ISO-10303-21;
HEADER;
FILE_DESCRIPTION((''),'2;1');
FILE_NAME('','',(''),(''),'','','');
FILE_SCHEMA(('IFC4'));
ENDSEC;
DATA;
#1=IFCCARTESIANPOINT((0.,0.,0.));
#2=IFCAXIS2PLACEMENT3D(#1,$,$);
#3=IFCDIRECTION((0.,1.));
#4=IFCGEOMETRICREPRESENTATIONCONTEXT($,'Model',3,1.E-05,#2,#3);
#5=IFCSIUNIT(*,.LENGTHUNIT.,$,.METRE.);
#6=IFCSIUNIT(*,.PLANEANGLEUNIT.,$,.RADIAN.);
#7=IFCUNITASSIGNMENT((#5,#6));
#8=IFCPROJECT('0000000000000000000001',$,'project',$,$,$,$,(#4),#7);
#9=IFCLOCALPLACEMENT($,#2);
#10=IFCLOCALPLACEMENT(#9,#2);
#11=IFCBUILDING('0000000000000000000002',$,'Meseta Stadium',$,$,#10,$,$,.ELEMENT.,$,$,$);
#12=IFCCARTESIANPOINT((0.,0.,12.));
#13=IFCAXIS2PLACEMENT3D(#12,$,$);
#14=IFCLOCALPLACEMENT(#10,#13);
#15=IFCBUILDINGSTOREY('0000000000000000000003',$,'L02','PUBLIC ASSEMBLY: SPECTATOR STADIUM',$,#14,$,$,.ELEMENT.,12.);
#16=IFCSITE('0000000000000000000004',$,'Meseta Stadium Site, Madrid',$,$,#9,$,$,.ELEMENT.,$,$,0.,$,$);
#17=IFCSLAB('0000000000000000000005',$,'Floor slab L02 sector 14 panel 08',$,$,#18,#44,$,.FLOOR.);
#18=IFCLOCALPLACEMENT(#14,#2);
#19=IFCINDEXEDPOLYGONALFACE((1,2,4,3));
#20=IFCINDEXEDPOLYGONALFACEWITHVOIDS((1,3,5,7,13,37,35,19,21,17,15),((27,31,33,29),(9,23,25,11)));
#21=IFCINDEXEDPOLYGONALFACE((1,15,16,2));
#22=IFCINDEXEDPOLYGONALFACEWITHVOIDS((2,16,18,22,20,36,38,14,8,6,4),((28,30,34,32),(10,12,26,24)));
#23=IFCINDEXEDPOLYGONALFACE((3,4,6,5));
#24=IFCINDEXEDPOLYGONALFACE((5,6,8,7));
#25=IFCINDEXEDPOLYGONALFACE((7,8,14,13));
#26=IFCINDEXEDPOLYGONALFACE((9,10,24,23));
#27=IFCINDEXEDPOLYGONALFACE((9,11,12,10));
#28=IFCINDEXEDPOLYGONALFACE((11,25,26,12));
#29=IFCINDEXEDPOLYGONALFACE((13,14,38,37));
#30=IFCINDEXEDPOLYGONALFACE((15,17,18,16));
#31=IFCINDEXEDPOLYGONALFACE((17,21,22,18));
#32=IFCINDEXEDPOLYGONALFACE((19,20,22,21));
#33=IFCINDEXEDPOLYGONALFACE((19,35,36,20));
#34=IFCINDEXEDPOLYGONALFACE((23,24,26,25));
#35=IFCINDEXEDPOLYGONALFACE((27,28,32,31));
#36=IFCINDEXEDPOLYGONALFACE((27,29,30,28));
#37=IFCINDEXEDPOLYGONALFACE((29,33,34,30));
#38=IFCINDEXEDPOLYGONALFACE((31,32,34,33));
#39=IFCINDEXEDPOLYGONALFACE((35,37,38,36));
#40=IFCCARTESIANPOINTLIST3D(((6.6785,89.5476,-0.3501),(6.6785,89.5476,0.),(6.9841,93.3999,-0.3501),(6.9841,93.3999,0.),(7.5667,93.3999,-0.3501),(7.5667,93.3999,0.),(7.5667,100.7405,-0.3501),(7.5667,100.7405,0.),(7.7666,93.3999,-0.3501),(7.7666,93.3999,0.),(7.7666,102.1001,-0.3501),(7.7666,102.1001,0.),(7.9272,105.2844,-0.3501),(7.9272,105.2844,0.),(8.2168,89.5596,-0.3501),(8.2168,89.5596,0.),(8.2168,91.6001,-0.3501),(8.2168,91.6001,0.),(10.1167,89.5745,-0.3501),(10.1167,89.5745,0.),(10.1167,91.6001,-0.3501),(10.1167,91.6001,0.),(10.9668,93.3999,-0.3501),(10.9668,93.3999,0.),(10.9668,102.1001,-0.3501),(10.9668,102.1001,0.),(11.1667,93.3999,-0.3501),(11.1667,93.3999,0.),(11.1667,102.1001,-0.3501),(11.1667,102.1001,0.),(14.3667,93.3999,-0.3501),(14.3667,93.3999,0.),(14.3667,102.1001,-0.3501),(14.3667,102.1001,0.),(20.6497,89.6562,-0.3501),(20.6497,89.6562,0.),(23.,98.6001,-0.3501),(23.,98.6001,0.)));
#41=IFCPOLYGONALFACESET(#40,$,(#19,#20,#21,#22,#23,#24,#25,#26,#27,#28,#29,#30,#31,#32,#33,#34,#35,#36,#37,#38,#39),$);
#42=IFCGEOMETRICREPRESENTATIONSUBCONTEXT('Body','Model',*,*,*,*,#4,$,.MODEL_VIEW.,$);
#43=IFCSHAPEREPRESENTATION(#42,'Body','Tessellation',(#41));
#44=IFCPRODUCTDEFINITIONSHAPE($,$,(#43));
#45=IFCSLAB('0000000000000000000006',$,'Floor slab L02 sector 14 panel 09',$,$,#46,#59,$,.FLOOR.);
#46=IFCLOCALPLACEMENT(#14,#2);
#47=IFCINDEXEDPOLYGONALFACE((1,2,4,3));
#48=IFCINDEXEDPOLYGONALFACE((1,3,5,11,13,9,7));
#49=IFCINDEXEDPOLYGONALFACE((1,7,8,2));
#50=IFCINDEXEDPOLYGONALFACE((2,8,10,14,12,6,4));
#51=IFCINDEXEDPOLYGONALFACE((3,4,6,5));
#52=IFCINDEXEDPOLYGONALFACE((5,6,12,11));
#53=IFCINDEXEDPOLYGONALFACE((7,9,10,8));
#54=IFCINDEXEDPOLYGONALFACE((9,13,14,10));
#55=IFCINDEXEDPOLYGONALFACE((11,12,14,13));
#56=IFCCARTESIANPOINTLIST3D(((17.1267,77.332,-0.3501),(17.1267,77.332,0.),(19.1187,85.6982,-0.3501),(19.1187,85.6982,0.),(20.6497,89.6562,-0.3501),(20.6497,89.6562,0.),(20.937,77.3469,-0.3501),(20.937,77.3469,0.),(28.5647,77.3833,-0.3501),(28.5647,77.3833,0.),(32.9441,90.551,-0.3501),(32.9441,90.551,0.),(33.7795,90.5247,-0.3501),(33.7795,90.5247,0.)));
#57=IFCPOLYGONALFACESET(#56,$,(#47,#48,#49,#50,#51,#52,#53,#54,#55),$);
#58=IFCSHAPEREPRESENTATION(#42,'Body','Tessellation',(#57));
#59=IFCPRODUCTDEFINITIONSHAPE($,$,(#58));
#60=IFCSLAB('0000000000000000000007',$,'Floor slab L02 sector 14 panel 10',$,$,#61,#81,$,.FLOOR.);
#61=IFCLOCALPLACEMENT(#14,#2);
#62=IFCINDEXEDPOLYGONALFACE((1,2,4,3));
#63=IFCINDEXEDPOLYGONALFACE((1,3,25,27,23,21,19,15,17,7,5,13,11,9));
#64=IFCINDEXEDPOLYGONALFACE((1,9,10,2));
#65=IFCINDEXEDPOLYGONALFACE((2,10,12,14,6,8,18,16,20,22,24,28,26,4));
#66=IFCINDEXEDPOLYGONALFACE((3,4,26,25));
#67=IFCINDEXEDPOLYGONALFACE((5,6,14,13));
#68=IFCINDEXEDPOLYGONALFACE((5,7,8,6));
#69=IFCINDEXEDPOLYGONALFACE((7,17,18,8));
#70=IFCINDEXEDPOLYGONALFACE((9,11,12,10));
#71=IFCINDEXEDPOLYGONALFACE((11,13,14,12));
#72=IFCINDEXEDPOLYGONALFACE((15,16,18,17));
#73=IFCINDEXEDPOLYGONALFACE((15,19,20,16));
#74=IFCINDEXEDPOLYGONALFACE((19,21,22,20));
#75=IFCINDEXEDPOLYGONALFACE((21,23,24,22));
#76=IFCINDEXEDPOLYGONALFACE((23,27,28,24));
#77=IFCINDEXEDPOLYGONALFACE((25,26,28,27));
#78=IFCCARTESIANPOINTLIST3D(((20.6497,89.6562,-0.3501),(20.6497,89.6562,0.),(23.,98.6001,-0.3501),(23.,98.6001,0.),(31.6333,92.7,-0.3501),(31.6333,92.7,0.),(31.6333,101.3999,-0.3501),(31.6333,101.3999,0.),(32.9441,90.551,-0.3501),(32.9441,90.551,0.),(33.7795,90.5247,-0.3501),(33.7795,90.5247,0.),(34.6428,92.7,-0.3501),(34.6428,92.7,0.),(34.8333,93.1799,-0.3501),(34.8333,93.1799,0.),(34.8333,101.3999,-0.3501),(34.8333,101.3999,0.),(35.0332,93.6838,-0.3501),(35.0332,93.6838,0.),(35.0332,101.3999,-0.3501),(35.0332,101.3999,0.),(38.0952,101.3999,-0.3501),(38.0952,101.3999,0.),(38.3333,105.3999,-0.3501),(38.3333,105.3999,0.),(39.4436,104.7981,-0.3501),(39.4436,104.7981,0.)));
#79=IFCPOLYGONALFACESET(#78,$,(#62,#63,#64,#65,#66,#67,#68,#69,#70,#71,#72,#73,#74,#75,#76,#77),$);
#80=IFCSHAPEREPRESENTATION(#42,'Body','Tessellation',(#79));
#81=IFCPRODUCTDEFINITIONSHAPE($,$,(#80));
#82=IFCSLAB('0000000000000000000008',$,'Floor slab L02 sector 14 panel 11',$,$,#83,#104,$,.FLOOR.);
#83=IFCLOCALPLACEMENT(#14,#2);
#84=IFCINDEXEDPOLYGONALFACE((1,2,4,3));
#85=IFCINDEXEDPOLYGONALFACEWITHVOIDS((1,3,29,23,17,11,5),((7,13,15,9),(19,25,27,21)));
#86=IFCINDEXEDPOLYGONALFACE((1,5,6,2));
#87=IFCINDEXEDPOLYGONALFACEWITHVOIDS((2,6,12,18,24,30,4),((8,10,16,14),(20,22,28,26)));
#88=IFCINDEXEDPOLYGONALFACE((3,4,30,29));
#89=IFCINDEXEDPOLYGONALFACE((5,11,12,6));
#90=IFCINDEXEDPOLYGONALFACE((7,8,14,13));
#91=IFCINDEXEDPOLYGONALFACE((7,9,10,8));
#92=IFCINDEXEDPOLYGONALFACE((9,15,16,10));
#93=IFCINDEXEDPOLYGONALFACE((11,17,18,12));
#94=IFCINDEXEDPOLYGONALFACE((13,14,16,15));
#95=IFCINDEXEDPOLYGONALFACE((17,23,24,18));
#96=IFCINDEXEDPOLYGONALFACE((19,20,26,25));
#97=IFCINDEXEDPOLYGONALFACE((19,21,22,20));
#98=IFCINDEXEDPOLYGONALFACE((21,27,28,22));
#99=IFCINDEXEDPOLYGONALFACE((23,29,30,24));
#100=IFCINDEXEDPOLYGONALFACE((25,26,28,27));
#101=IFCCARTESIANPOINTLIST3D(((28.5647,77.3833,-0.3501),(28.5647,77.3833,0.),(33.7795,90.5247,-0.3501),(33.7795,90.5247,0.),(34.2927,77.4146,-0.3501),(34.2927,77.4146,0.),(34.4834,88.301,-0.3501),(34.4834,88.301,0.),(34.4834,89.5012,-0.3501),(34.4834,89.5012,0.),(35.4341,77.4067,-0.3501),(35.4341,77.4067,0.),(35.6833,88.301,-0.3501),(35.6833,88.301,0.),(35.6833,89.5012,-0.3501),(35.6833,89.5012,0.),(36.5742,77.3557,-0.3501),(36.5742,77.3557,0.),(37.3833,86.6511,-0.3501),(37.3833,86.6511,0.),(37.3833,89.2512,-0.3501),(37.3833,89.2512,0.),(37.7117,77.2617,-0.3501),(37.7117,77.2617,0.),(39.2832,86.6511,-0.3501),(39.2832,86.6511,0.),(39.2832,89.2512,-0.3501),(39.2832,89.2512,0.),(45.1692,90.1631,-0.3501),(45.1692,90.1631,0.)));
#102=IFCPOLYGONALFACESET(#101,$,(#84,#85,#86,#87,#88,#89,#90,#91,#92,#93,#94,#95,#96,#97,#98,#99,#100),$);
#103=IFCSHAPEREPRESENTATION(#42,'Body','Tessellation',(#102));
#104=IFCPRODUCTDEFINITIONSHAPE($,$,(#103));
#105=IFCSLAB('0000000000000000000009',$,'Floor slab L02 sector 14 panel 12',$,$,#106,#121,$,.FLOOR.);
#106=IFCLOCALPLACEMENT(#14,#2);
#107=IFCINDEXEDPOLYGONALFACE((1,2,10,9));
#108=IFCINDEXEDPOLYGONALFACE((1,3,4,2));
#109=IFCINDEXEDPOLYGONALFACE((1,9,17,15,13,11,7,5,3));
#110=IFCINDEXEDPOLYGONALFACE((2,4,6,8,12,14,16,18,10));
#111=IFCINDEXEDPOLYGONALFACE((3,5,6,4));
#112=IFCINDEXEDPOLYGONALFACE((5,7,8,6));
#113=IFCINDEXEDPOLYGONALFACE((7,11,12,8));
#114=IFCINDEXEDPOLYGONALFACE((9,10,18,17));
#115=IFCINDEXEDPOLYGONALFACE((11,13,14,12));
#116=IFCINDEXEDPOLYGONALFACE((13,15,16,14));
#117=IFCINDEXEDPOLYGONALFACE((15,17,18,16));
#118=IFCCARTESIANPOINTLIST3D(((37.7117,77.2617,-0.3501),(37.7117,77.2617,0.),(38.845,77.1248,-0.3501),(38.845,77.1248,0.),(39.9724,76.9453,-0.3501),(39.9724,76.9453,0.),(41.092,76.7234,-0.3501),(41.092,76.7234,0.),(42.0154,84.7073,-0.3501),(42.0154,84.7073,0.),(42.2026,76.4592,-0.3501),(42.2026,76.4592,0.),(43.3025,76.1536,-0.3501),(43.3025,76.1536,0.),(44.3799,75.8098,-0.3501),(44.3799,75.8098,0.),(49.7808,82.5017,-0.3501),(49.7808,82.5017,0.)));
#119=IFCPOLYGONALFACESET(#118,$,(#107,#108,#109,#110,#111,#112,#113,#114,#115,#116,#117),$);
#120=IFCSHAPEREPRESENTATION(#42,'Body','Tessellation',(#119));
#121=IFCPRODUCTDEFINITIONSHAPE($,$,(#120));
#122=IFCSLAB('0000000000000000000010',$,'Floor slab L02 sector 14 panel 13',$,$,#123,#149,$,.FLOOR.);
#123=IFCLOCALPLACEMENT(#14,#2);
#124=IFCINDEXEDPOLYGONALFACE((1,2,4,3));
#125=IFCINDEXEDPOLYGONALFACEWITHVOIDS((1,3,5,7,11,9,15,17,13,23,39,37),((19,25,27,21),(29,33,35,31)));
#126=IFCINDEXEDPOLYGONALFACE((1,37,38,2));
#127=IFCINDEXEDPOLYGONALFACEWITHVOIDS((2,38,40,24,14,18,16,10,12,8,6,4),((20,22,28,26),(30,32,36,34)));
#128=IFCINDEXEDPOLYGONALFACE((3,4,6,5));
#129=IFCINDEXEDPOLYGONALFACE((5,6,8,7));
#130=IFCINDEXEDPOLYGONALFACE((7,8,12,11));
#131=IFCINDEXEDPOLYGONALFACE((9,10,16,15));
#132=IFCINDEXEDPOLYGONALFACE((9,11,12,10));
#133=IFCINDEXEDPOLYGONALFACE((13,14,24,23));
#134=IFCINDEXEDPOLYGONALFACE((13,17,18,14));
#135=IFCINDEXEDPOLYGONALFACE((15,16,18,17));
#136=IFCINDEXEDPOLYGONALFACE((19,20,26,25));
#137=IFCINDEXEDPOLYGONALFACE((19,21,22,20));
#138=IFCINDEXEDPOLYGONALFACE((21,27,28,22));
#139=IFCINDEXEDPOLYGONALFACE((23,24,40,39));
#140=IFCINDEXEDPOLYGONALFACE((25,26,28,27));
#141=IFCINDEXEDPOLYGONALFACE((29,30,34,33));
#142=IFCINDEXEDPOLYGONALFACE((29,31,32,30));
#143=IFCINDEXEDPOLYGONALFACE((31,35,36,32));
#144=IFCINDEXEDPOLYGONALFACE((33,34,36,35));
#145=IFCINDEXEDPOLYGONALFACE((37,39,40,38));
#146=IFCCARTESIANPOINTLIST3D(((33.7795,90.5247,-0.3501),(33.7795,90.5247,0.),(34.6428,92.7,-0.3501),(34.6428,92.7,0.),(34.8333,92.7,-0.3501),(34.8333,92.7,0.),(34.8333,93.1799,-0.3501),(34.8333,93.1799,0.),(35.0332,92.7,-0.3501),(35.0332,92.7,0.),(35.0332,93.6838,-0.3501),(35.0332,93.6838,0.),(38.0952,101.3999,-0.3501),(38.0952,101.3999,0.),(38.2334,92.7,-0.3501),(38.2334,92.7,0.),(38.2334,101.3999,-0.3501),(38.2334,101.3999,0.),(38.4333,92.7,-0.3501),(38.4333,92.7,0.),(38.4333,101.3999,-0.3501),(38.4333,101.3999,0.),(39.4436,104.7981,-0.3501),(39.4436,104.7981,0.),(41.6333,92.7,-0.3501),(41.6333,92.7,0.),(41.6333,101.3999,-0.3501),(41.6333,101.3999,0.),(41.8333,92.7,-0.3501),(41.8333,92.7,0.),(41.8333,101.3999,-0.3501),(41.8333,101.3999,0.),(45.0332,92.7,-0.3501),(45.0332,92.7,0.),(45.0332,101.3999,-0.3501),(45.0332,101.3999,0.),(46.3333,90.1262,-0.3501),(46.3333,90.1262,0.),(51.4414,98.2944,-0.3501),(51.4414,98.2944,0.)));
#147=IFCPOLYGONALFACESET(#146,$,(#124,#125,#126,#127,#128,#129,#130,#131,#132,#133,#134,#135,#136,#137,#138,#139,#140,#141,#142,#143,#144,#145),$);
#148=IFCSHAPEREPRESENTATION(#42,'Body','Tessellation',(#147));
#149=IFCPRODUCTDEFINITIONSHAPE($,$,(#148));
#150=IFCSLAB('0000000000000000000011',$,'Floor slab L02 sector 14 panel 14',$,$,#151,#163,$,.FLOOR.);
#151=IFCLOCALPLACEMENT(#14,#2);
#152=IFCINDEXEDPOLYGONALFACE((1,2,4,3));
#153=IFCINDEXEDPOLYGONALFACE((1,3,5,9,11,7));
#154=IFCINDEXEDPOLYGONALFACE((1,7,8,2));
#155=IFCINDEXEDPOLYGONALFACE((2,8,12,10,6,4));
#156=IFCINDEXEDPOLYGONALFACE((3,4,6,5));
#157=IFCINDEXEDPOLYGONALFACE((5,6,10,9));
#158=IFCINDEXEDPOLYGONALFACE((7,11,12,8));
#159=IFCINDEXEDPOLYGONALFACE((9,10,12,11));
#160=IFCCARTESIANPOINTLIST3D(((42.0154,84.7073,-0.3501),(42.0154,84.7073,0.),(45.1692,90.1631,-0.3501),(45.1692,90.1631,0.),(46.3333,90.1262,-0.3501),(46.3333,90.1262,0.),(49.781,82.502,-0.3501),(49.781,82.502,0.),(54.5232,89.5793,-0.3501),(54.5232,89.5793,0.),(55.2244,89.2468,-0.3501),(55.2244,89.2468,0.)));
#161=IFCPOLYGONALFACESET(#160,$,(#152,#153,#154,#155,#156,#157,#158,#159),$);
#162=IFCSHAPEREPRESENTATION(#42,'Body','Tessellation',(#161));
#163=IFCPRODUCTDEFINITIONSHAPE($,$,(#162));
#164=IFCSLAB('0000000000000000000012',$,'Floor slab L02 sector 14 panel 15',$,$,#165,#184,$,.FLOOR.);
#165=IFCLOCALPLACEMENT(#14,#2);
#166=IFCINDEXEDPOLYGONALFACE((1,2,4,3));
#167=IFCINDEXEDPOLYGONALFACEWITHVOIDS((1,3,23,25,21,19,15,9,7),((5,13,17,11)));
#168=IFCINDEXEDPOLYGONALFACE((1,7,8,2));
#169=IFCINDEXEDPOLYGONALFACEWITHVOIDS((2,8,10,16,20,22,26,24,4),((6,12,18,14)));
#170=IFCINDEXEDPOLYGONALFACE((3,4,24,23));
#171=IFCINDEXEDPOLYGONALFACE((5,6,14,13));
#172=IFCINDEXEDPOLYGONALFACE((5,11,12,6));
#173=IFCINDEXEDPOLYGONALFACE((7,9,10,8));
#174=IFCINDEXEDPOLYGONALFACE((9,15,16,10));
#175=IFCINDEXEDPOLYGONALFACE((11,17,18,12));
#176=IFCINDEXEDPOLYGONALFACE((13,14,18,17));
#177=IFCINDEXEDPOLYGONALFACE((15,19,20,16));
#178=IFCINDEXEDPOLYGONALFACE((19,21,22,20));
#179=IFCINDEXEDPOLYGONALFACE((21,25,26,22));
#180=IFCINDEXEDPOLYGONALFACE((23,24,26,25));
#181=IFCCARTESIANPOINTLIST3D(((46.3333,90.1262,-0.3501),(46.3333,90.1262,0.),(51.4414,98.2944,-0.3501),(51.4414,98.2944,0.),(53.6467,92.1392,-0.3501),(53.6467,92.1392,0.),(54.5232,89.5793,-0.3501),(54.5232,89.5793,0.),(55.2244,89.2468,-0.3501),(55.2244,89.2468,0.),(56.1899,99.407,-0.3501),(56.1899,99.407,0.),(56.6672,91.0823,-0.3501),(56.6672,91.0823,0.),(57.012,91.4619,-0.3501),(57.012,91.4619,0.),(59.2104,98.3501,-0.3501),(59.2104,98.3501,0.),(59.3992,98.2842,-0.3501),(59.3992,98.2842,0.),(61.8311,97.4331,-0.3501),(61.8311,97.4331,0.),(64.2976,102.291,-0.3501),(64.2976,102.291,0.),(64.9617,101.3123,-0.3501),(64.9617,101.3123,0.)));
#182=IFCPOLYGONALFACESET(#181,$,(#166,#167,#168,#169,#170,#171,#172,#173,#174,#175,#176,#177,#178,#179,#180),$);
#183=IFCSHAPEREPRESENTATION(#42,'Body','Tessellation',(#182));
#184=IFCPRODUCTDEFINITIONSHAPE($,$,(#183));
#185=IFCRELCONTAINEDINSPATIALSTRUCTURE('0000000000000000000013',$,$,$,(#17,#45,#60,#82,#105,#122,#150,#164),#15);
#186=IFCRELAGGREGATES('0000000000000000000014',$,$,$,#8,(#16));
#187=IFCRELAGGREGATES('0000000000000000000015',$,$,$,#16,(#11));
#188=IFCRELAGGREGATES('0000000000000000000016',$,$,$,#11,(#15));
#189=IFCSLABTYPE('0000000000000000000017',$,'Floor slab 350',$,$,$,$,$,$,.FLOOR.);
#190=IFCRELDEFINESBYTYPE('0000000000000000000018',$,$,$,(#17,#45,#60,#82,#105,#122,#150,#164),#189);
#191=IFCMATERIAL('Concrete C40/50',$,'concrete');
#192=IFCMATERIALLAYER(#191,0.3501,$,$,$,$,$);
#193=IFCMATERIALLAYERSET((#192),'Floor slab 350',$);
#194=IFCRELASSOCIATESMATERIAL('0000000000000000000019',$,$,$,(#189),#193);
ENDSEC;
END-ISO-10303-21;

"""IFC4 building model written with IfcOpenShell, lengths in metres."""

from ifc_helpers import new_model, si_unit, direction, frame, origin, place, context, subcontext, project, spatial, polyline, outline, extrude, material, layer, layer_set, type_object, element, save


model = new_model("IFC4")

# Units and contexts
model_context = context("Model", 3, precision=1e-05, world=origin(), true_north=direction((0.0, 1.0)))
body_context = subcontext(model_context, "Body", "Model", "MODEL_VIEW")
ifc_project = project(units=[si_unit("LENGTHUNIT", "METRE"), si_unit("PLANEANGLEUNIT", "RADIAN")], contexts=[model_context])

# Site, building, storey
site_placement = place(None, origin())
site = spatial("IfcSite", under=ifc_project, at=site_placement, Name="Meseta Stadium Site, Madrid", CompositionType="ELEMENT", RefElevation=0.0)
building_placement = place(site_placement, origin())
building = spatial("IfcBuilding", under=site, at=building_placement, Name="Meseta Stadium", CompositionType="ELEMENT")
storey_placement = place(building_placement, frame((0.0, 0.0, 12.0)))
storey = spatial("IfcBuildingStorey", under=building, at=storey_placement, Name="L02", Description="PUBLIC ASSEMBLY: SPECTATOR STADIUM", CompositionType="ELEMENT", Elevation=12.0)

# Slabs
ifc_material = material(Name="Concrete C40/50", Category="concrete")
ifc_layer = layer(ifc_material, 0.3501)
ifc_layer_set = layer_set([ifc_layer], Name="Floor slab 350")
slab_type = type_object("IfcSlabType", Name="Floor slab 350", PredefinedType="FLOOR", material=ifc_layer_set)
slab_1_placement = place(storey_placement, frame((0.0, 0.0, -0.3501)))
element("IfcSlab", 1, at=slab_1_placement, inside=storey, type_object=slab_type, Name="Floor slab L02 sector 14 panel 08", PredefinedType="FLOOR", context=body_context, shape_type="SweptSolid", body=[
    extrude(outline(polyline([(10.1167, 91.6001), (10.1167, 89.5745), (20.6497, 89.6562), (23.0, 98.6001), (7.9272, 105.2844), (7.5667, 100.7405), (7.5667, 93.3999), (6.9841, 93.3999), (6.6785, 89.5476), (8.2168, 89.5596), (8.2168, 91.6001), (10.1167, 91.6001)]), holes=[polyline([(10.9668, 102.1001), (10.9668, 93.3999), (7.7666, 93.3999), (7.7666, 102.1001), (10.9668, 102.1001)]), polyline([(14.3667, 102.1001), (14.3667, 93.3999), (11.1667, 93.3999), (11.1667, 102.1001), (14.3667, 102.1001)])]), origin(), (0.0, 0.0, 1.0), 0.3501),
])
slab_2_placement = place(storey_placement, frame((0.0, 0.0, -0.3501)))
element("IfcSlab", 2, at=slab_2_placement, inside=storey, type_object=slab_type, Name="Floor slab L02 sector 14 panel 09", PredefinedType="FLOOR", context=body_context, shape_type="SweptSolid", body=[
    extrude(outline(polyline([(19.1187, 85.6982), (17.1267, 77.332), (20.937, 77.3469), (28.5647, 77.3833), (33.7795, 90.5247), (32.9441, 90.551), (20.6497, 89.6562), (19.1187, 85.6982)])), origin(), (0.0, 0.0, 1.0), 0.3501),
])
slab_3_placement = place(storey_placement, frame((0.0, 0.0, -0.3501)))
element("IfcSlab", 3, at=slab_3_placement, inside=storey, type_object=slab_type, Name="Floor slab L02 sector 14 panel 10", PredefinedType="FLOOR", context=body_context, shape_type="SweptSolid", body=[
    extrude(outline(polyline([(38.0952, 101.3999), (39.4436, 104.7981), (38.3333, 105.3999), (23.0, 98.6001), (20.6497, 89.6562), (32.9441, 90.551), (33.7795, 90.5247), (34.6428, 92.7), (31.6333, 92.7), (31.6333, 101.3999), (34.8333, 101.3999), (34.8333, 93.1799), (35.0332, 93.6838), (35.0332, 101.3999), (38.0952, 101.3999)])), origin(), (0.0, 0.0, 1.0), 0.3501),
])
slab_4_placement = place(storey_placement, frame((0.0, 0.0, -0.3501)))
element("IfcSlab", 4, at=slab_4_placement, inside=storey, type_object=slab_type, Name="Floor slab L02 sector 14 panel 11", PredefinedType="FLOOR", context=body_context, shape_type="SweptSolid", body=[
    extrude(outline(polyline([(28.5647, 77.3833), (34.2927, 77.4146), (35.4341, 77.4067), (36.5742, 77.3557), (37.7117, 77.2617), (45.1692, 90.1631), (33.7795, 90.5247), (28.5647, 77.3833)]), holes=[polyline([(37.3833, 89.2512), (39.2832, 89.2512), (39.2832, 86.6511), (37.3833, 86.6511), (37.3833, 89.2512)]), polyline([(35.6833, 88.301), (34.4834, 88.301), (34.4834, 89.5012), (35.6833, 89.5012), (35.6833, 88.301)])]), origin(), (0.0, 0.0, 1.0), 0.3501),
])
slab_5_placement = place(storey_placement, frame((0.0, 0.0, -0.3501)))
element("IfcSlab", 5, at=slab_5_placement, inside=storey, type_object=slab_type, Name="Floor slab L02 sector 14 panel 12", PredefinedType="FLOOR", context=body_context, shape_type="SweptSolid", body=[
    extrude(outline(polyline([(43.3025, 76.1536), (44.3799, 75.8098), (49.7808, 82.5017), (42.0154, 84.7073), (37.7117, 77.2617), (38.845, 77.1248), (39.9724, 76.9453), (41.092, 76.7234), (42.2026, 76.4592), (43.3025, 76.1536)])), origin(), (0.0, 0.0, 1.0), 0.3501),
])
slab_6_placement = place(storey_placement, frame((0.0, 0.0, -0.3501)))
element("IfcSlab", 6, at=slab_6_placement, inside=storey, type_object=slab_type, Name="Floor slab L02 sector 14 panel 13", PredefinedType="FLOOR", context=body_context, shape_type="SweptSolid", body=[
    extrude(outline(polyline([(34.6428, 92.7), (33.7795, 90.5247), (46.3333, 90.1262), (51.4414, 98.2944), (39.4436, 104.7981), (38.0952, 101.3999), (38.2334, 101.3999), (38.2334, 92.7), (35.0332, 92.7), (35.0332, 93.6838), (34.8333, 93.1799), (34.8333, 92.7), (34.6428, 92.7)]), holes=[polyline([(38.4333, 101.3999), (41.6333, 101.3999), (41.6333, 92.7), (38.4333, 92.7), (38.4333, 101.3999)]), polyline([(41.8333, 101.3999), (45.0332, 101.3999), (45.0332, 92.7), (41.8333, 92.7), (41.8333, 101.3999)])]), origin(), (0.0, 0.0, 1.0), 0.3501),
])
slab_7_placement = place(storey_placement, frame((0.0, 0.0, -0.3501)))
element("IfcSlab", 7, at=slab_7_placement, inside=storey, type_object=slab_type, Name="Floor slab L02 sector 14 panel 14", PredefinedType="FLOOR", context=body_context, shape_type="SweptSolid", body=[
    extrude(outline(polyline([(42.0154, 84.7073), (49.781, 82.502), (55.2244, 89.2468), (54.5232, 89.5793), (46.3333, 90.1262), (45.1692, 90.1631), (42.0154, 84.7073)])), origin(), (0.0, 0.0, 1.0), 0.3501),
])
slab_8_placement = place(storey_placement, frame((0.0, 0.0, -0.3501)))
element("IfcSlab", 8, at=slab_8_placement, inside=storey, type_object=slab_type, Name="Floor slab L02 sector 14 panel 15", PredefinedType="FLOOR", context=body_context, shape_type="SweptSolid", body=[
    extrude(outline(polyline([(59.3992, 98.2842), (61.8311, 97.4331), (64.9617, 101.3123), (64.2976, 102.291), (51.4414, 98.2944), (46.3333, 90.1262), (54.5232, 89.5793), (55.2244, 89.2468), (57.012, 91.4619), (59.3992, 98.2842)]), holes=[polyline([(56.6672, 91.0823), (53.6467, 92.1392), (56.1899, 99.407), (59.2104, 98.3501), (56.6672, 91.0823)])]), origin(), (0.0, 0.0, 1.0), 0.3501),
])

save(model, "model.ifc")
